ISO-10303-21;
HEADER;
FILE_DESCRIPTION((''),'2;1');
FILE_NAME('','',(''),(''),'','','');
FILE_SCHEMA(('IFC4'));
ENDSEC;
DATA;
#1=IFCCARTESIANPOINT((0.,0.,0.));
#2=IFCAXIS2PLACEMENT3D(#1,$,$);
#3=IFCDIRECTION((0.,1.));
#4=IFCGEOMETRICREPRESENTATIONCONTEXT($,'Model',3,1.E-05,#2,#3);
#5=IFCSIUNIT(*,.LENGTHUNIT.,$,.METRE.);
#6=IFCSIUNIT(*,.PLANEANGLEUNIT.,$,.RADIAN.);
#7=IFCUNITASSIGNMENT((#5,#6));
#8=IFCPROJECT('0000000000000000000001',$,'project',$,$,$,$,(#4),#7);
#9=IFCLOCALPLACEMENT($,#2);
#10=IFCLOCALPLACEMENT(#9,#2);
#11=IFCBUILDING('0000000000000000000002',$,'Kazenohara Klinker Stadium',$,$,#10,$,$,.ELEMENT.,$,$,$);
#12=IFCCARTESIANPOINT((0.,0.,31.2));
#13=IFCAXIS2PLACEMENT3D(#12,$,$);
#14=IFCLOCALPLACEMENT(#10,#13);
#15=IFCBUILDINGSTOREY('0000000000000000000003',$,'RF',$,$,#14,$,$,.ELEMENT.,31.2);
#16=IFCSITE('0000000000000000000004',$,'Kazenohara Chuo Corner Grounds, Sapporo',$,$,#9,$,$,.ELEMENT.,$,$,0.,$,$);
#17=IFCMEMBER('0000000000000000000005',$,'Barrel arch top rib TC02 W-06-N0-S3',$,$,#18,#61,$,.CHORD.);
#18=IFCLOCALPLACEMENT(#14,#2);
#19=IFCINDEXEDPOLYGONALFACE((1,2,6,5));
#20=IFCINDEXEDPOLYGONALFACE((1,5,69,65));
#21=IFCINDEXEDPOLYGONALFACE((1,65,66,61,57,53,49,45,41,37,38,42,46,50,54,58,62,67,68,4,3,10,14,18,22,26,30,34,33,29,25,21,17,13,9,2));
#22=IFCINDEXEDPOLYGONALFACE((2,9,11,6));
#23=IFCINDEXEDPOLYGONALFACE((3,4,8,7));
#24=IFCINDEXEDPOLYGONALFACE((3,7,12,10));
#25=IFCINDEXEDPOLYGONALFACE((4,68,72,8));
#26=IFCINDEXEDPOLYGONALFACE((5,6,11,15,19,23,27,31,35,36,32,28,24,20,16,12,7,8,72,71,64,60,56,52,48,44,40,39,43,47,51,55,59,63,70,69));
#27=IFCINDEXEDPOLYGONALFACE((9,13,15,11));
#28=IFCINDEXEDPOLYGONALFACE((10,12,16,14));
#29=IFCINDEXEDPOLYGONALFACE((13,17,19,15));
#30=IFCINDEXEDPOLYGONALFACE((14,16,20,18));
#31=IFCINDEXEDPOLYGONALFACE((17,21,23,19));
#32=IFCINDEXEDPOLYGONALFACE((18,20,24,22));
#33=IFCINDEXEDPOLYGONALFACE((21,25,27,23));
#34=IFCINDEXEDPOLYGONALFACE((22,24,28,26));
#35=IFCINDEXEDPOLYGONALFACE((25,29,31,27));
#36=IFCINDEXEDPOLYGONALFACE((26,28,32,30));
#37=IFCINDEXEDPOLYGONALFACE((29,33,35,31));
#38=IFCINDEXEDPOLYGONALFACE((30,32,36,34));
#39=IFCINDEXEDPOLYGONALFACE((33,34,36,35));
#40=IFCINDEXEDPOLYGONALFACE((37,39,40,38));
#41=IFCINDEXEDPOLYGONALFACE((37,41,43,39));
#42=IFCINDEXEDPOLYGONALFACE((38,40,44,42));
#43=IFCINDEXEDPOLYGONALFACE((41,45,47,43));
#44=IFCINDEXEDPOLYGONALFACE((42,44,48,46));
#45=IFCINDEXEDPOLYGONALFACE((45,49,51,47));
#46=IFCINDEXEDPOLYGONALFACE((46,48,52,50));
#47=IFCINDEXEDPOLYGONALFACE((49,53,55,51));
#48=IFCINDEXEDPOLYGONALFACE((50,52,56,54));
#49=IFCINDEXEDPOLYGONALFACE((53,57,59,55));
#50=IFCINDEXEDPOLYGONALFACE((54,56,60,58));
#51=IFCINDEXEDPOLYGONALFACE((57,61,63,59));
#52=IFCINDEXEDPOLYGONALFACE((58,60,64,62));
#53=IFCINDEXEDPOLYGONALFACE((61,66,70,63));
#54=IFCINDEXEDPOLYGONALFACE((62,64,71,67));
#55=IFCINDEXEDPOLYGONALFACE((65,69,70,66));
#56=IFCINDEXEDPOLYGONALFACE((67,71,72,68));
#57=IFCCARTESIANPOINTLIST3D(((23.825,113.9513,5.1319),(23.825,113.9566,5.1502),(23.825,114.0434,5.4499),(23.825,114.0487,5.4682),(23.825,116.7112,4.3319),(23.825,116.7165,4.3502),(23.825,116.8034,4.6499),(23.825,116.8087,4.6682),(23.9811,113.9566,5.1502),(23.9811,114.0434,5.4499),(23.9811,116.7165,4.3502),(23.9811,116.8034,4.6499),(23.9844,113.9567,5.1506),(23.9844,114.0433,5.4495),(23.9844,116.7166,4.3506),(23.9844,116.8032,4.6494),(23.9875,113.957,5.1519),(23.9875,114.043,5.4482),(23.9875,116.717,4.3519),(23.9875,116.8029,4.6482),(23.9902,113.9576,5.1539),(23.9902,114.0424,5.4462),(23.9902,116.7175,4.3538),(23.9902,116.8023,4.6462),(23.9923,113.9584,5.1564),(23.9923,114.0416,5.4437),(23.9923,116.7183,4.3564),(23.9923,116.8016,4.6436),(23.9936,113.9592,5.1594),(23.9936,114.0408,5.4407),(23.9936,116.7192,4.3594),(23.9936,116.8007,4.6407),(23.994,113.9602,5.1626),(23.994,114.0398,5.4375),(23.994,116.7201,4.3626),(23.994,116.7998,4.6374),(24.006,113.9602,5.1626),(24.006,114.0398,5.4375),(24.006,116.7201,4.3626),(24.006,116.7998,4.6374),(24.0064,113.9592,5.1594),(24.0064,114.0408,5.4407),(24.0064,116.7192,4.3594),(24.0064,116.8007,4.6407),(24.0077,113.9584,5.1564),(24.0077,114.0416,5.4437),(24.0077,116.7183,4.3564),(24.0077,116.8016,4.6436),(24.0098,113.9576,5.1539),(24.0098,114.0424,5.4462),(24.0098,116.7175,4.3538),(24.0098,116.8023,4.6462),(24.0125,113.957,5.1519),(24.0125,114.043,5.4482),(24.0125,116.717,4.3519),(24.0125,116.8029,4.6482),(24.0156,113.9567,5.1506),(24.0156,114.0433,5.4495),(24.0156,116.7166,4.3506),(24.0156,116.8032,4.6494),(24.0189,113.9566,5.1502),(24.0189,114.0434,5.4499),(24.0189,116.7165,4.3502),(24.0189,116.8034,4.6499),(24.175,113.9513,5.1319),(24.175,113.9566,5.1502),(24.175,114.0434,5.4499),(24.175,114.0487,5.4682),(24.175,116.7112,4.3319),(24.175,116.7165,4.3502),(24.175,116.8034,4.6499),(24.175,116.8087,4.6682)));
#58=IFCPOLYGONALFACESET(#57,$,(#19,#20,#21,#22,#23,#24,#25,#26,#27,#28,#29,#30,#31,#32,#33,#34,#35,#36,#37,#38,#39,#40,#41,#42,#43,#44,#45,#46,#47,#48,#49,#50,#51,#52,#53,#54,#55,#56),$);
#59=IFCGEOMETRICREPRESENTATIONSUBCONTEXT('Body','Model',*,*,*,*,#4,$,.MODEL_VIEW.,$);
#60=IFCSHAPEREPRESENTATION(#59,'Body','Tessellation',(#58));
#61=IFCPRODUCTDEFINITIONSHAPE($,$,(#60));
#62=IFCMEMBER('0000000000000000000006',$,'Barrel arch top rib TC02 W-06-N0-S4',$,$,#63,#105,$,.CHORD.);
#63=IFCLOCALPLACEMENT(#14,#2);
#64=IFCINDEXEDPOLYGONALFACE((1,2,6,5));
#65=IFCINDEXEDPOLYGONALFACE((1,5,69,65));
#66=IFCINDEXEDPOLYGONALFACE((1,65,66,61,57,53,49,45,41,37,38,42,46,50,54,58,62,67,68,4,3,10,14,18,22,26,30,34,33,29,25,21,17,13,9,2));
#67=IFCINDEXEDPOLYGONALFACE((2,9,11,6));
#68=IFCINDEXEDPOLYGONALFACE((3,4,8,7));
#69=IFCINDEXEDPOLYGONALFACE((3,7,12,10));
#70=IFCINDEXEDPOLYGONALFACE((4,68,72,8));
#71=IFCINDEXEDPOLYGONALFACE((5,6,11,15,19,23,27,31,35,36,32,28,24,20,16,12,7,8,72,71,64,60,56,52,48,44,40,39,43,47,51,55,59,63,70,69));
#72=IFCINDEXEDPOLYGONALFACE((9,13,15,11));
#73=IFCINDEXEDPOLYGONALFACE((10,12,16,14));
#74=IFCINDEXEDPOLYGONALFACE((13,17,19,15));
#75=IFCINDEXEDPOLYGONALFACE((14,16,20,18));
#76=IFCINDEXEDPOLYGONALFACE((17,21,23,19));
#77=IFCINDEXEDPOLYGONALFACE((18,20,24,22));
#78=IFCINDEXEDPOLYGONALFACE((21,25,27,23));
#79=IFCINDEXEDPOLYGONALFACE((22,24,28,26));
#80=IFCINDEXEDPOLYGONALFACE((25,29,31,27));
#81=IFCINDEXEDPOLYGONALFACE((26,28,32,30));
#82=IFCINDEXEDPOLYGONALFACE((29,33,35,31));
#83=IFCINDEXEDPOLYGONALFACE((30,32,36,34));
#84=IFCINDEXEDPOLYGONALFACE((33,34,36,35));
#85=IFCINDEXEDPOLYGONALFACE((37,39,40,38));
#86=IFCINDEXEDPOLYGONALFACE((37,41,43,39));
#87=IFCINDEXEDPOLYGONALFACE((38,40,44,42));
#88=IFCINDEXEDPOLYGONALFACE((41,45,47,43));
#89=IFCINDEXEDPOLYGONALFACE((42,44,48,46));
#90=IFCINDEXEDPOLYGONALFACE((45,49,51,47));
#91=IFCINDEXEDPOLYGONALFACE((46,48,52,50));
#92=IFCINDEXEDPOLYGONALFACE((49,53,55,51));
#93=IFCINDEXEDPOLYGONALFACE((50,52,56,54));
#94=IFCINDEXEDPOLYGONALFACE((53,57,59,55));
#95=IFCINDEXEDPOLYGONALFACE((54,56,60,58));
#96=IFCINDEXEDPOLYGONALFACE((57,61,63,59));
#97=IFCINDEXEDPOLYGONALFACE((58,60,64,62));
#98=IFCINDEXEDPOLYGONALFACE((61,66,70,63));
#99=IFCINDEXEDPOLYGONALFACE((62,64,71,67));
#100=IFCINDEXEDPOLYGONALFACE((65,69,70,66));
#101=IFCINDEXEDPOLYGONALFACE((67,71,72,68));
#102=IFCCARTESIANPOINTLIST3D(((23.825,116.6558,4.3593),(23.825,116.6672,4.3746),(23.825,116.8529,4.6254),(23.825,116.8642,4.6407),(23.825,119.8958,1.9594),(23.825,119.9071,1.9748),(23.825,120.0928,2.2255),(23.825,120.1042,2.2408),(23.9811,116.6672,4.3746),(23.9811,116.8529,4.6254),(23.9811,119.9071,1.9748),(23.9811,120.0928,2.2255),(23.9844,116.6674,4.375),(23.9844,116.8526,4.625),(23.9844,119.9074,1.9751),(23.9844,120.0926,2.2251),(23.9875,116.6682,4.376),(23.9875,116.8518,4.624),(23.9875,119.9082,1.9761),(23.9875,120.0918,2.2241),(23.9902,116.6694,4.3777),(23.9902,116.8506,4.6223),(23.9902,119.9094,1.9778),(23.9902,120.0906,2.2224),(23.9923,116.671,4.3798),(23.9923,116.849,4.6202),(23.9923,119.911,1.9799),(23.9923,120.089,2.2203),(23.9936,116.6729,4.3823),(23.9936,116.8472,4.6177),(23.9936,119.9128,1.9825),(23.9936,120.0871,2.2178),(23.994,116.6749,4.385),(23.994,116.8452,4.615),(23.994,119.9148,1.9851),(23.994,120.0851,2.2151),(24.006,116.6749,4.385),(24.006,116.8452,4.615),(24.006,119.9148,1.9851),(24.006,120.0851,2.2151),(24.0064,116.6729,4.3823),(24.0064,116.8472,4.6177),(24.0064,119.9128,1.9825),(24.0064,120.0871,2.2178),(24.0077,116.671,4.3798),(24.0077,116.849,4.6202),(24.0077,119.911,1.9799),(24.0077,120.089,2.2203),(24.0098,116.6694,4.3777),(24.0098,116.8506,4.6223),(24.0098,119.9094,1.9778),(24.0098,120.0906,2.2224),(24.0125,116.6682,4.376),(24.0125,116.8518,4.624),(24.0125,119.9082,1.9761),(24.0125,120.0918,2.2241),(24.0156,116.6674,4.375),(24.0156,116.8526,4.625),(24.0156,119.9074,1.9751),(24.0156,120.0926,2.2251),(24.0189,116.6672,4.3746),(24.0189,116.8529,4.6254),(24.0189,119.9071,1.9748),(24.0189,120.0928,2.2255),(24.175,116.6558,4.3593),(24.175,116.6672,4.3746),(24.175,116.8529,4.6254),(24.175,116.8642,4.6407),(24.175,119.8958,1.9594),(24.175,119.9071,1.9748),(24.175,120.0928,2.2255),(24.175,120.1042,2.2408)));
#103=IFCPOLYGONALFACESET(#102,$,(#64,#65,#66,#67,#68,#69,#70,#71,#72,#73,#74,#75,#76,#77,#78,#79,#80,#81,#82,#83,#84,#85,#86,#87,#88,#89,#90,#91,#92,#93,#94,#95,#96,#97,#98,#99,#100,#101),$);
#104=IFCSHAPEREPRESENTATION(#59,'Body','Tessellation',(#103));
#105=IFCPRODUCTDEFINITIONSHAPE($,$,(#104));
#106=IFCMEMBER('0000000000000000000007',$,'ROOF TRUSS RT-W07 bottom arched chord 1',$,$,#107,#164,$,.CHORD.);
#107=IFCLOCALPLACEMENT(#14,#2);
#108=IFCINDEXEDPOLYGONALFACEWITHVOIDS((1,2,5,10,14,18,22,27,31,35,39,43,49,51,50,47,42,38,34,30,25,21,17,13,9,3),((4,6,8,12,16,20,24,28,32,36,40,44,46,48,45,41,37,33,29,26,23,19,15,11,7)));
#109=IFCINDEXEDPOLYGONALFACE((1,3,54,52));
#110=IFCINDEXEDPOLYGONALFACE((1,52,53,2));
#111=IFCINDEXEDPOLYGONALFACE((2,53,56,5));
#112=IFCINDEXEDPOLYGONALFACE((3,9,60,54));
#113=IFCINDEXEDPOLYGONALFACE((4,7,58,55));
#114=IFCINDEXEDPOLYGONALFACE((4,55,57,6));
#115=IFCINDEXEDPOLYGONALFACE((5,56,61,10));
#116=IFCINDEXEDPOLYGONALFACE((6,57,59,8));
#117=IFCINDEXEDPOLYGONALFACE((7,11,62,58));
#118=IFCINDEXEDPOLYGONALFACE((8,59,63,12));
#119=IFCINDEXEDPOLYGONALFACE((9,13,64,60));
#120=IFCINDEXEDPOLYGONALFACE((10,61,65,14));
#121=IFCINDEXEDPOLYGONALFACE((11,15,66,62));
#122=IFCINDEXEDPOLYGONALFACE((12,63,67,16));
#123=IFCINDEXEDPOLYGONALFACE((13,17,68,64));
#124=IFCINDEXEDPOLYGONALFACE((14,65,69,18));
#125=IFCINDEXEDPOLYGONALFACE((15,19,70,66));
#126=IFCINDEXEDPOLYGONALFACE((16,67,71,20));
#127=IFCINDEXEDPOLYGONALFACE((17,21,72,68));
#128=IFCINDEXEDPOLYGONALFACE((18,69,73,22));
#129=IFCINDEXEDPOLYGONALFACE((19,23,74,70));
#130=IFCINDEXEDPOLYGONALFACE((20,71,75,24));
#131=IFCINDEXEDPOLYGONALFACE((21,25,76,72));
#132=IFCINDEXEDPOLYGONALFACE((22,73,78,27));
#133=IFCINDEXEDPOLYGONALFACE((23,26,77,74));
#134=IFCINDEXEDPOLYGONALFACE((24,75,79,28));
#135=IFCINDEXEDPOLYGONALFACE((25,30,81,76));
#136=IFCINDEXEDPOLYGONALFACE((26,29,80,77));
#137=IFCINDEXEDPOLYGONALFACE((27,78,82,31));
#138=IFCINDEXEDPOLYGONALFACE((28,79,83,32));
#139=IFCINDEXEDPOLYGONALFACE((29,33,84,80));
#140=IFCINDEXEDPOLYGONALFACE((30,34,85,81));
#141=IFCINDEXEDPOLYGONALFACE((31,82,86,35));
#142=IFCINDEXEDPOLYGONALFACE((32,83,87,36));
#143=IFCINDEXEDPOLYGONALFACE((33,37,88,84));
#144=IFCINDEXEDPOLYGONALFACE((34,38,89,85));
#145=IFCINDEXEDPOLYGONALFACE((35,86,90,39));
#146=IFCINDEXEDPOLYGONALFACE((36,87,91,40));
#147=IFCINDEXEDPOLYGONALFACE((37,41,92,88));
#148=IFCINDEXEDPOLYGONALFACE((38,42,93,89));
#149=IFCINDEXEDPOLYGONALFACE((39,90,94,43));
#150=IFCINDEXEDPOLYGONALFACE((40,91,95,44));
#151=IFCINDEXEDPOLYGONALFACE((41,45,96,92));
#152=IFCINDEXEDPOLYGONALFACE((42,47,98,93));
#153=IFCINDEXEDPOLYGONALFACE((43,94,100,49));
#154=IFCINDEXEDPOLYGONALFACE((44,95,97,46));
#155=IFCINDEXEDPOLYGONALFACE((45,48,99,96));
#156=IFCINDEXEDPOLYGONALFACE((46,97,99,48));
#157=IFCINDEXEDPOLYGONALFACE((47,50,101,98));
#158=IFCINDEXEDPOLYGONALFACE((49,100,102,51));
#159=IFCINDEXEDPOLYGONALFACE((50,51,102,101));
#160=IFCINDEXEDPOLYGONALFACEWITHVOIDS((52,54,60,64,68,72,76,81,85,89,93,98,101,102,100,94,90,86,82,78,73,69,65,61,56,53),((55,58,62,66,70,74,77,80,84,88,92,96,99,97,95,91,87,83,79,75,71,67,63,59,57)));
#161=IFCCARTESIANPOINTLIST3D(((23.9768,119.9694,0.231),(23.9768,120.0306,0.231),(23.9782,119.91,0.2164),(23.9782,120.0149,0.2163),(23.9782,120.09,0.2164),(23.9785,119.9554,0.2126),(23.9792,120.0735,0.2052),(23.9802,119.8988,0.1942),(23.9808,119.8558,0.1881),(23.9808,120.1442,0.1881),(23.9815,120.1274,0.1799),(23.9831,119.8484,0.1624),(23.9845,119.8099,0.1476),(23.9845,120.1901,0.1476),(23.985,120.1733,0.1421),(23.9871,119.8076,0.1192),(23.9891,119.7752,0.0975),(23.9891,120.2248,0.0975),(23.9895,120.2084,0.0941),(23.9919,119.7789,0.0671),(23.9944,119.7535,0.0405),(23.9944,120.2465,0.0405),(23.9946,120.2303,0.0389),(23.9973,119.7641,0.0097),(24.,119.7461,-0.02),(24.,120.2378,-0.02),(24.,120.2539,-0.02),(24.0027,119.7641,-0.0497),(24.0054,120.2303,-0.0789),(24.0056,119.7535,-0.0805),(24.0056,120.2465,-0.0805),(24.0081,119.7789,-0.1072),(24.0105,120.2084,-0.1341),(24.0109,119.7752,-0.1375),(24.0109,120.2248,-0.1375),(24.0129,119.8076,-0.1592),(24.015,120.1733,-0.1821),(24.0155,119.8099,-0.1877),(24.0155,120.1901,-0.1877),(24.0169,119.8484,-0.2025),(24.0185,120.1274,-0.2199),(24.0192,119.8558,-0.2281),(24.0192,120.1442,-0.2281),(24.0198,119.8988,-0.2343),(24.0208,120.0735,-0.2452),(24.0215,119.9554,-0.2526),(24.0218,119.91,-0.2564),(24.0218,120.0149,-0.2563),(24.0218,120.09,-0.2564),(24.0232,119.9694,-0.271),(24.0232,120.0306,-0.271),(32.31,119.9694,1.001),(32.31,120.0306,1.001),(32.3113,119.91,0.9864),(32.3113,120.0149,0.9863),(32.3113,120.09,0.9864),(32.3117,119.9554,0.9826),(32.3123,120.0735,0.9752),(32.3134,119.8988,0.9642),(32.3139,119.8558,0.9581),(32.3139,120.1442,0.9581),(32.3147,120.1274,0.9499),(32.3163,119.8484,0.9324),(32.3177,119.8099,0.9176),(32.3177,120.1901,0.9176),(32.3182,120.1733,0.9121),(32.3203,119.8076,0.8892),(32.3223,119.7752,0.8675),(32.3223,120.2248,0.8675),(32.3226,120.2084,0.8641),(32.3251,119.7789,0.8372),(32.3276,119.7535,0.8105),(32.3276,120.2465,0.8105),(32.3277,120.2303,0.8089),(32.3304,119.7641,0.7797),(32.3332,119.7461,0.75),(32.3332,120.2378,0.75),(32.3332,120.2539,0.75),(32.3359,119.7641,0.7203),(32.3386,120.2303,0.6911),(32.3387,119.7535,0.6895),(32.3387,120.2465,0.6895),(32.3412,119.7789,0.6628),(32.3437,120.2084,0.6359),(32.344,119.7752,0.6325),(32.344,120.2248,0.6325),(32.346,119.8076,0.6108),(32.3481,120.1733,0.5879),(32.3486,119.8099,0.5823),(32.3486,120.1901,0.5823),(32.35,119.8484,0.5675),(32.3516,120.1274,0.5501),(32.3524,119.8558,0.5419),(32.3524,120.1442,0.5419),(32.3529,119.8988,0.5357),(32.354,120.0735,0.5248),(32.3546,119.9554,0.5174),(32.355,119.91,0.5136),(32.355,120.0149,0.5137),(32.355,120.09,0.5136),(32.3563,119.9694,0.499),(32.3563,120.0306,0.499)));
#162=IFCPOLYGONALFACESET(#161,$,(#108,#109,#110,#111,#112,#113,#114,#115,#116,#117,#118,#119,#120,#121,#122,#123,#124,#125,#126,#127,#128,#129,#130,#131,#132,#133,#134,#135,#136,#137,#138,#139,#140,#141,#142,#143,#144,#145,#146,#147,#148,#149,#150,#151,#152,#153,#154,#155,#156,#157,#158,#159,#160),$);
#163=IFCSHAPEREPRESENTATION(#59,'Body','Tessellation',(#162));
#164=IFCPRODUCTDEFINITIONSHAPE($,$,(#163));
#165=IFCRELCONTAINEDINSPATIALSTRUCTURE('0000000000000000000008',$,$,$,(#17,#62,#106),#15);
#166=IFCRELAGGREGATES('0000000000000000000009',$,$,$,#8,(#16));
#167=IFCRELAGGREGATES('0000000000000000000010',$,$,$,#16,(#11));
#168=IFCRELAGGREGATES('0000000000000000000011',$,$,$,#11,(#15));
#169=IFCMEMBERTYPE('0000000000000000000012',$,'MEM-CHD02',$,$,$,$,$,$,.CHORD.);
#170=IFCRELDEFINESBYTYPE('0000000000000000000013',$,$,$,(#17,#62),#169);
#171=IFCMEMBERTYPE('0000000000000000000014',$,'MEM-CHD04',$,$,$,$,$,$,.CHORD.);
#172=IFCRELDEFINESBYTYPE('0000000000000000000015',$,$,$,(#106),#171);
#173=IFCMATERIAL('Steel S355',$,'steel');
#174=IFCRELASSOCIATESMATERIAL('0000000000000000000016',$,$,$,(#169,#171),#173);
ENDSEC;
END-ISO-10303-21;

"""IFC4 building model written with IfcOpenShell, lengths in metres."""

from ifc_helpers import new_model, si_unit, direction, frame, origin, origin_2d, place, context, subcontext, project, spatial, hollow_circle, i_section, extrude, material, material_profile, profile_set, type_object, element, save


model = new_model("IFC4")

# Units and contexts
model_context = context("Model", 3, precision=1e-05, world=origin(), true_north=direction((0.0, 1.0)))
body_context = subcontext(model_context, "Body", "Model", "MODEL_VIEW")
ifc_project = project(units=[si_unit("LENGTHUNIT", "METRE"), si_unit("PLANEANGLEUNIT", "RADIAN")], contexts=[model_context])

# Site, building, storey
site_placement = place(None, origin())
site = spatial("IfcSite", under=ifc_project, at=site_placement, Name="Kazenohara Chuo Corner Grounds, Sapporo", CompositionType="ELEMENT", RefElevation=0.0)
building_placement = place(site_placement, origin())
building = spatial("IfcBuilding", under=site, at=building_placement, Name="Kazenohara Klinker Stadium", CompositionType="ELEMENT")
storey_placement = place(building_placement, frame((0.0, 0.0, 31.2)))
storey = spatial("IfcBuildingStorey", under=building, at=storey_placement, Name="RF", CompositionType="ELEMENT", Elevation=31.2)

# Members
ifc_material_1 = material(Name="Steel S355", Category="steel")
ifc_material_profile_1 = material_profile(ifc_material_1, i_section(OverallWidth=0.3501, OverallDepth=0.3501, WebThickness=0.012, FlangeThickness=0.019, FilletRadius=0.0129, at=origin_2d()), Name="H-350x350x12x19")
ifc_profile_set_1 = profile_set([ifc_material_profile_1], Name="Steel S355")
member_type_1 = type_object("IfcMemberType", Name="MEM-CHD02", PredefinedType="CHORD", material=ifc_profile_set_1)
for number, where, z_axis, x_axis, name in (
    (1, (24.0, 114.0, 5.3), (0.0, 0.960462, -0.278411), (-1.0, 0.0, 0.0), "Barrel arch top rib TC02 W-06-N0-S3"),
):
    element("IfcMember", number, at=place(storey_placement, frame(where, z_axis=z_axis, x_axis=x_axis)), inside=storey, type_object=member_type_1, Name=name, PredefinedType="CHORD", context=body_context, shape_type="SweptSolid", body=[
        extrude(i_section(OverallWidth=0.3501, OverallDepth=0.3501, WebThickness=0.012, FlangeThickness=0.019, FilletRadius=0.0129, at=origin_2d()), origin(), (0.0, 0.0, 1.0), 2.8735),
    ])
member_1_placement = place(storey_placement, frame((24.0, 116.76, 4.5), z_axis=(0.0, 0.803568, -0.595213), x_axis=(-1.0, 0.0, 0.0)))
element("IfcMember", 2, at=member_1_placement, inside=storey, type_object=member_type_1, Name="Barrel arch top rib TC02 W-06-N0-S4", PredefinedType="CHORD", context=body_context, shape_type="SweptSolid", body=[
    extrude(i_section(OverallWidth=0.3501, OverallDepth=0.3501, WebThickness=0.012, FlangeThickness=0.019, FilletRadius=0.0129, at=origin_2d()), origin(), (0.0, 0.0, 1.0), 4.032),
])
ifc_material_profile_2 = material_profile(ifc_material_1, hollow_circle(Radius=0.2539, WallThickness=0.0161, at=origin_2d()), Name="CHS-508.0x16")
ifc_profile_set_2 = profile_set([ifc_material_profile_2], Name="Steel S355")
member_type_2 = type_object("IfcMemberType", Name="MEM-CHD04", PredefinedType="CHORD", material=ifc_profile_set_2)
member_2_placement = place(storey_placement, frame((24.0, 120.0, -0.02), z_axis=(0.995758, 0.0, 0.092011), x_axis=(0.0, 1.0, 0.0)))
element("IfcMember", 3, at=member_2_placement, inside=storey, type_object=member_type_2, Name="ROOF TRUSS RT-W07 bottom arched chord 1", PredefinedType="CHORD", context=body_context, shape_type="SweptSolid", body=[
    extrude(hollow_circle(Radius=0.2539, WallThickness=0.0161, at=origin_2d()), origin(), (0.0, 0.0, 1.0), 8.3687),
])

save(model, "model.ifc")
